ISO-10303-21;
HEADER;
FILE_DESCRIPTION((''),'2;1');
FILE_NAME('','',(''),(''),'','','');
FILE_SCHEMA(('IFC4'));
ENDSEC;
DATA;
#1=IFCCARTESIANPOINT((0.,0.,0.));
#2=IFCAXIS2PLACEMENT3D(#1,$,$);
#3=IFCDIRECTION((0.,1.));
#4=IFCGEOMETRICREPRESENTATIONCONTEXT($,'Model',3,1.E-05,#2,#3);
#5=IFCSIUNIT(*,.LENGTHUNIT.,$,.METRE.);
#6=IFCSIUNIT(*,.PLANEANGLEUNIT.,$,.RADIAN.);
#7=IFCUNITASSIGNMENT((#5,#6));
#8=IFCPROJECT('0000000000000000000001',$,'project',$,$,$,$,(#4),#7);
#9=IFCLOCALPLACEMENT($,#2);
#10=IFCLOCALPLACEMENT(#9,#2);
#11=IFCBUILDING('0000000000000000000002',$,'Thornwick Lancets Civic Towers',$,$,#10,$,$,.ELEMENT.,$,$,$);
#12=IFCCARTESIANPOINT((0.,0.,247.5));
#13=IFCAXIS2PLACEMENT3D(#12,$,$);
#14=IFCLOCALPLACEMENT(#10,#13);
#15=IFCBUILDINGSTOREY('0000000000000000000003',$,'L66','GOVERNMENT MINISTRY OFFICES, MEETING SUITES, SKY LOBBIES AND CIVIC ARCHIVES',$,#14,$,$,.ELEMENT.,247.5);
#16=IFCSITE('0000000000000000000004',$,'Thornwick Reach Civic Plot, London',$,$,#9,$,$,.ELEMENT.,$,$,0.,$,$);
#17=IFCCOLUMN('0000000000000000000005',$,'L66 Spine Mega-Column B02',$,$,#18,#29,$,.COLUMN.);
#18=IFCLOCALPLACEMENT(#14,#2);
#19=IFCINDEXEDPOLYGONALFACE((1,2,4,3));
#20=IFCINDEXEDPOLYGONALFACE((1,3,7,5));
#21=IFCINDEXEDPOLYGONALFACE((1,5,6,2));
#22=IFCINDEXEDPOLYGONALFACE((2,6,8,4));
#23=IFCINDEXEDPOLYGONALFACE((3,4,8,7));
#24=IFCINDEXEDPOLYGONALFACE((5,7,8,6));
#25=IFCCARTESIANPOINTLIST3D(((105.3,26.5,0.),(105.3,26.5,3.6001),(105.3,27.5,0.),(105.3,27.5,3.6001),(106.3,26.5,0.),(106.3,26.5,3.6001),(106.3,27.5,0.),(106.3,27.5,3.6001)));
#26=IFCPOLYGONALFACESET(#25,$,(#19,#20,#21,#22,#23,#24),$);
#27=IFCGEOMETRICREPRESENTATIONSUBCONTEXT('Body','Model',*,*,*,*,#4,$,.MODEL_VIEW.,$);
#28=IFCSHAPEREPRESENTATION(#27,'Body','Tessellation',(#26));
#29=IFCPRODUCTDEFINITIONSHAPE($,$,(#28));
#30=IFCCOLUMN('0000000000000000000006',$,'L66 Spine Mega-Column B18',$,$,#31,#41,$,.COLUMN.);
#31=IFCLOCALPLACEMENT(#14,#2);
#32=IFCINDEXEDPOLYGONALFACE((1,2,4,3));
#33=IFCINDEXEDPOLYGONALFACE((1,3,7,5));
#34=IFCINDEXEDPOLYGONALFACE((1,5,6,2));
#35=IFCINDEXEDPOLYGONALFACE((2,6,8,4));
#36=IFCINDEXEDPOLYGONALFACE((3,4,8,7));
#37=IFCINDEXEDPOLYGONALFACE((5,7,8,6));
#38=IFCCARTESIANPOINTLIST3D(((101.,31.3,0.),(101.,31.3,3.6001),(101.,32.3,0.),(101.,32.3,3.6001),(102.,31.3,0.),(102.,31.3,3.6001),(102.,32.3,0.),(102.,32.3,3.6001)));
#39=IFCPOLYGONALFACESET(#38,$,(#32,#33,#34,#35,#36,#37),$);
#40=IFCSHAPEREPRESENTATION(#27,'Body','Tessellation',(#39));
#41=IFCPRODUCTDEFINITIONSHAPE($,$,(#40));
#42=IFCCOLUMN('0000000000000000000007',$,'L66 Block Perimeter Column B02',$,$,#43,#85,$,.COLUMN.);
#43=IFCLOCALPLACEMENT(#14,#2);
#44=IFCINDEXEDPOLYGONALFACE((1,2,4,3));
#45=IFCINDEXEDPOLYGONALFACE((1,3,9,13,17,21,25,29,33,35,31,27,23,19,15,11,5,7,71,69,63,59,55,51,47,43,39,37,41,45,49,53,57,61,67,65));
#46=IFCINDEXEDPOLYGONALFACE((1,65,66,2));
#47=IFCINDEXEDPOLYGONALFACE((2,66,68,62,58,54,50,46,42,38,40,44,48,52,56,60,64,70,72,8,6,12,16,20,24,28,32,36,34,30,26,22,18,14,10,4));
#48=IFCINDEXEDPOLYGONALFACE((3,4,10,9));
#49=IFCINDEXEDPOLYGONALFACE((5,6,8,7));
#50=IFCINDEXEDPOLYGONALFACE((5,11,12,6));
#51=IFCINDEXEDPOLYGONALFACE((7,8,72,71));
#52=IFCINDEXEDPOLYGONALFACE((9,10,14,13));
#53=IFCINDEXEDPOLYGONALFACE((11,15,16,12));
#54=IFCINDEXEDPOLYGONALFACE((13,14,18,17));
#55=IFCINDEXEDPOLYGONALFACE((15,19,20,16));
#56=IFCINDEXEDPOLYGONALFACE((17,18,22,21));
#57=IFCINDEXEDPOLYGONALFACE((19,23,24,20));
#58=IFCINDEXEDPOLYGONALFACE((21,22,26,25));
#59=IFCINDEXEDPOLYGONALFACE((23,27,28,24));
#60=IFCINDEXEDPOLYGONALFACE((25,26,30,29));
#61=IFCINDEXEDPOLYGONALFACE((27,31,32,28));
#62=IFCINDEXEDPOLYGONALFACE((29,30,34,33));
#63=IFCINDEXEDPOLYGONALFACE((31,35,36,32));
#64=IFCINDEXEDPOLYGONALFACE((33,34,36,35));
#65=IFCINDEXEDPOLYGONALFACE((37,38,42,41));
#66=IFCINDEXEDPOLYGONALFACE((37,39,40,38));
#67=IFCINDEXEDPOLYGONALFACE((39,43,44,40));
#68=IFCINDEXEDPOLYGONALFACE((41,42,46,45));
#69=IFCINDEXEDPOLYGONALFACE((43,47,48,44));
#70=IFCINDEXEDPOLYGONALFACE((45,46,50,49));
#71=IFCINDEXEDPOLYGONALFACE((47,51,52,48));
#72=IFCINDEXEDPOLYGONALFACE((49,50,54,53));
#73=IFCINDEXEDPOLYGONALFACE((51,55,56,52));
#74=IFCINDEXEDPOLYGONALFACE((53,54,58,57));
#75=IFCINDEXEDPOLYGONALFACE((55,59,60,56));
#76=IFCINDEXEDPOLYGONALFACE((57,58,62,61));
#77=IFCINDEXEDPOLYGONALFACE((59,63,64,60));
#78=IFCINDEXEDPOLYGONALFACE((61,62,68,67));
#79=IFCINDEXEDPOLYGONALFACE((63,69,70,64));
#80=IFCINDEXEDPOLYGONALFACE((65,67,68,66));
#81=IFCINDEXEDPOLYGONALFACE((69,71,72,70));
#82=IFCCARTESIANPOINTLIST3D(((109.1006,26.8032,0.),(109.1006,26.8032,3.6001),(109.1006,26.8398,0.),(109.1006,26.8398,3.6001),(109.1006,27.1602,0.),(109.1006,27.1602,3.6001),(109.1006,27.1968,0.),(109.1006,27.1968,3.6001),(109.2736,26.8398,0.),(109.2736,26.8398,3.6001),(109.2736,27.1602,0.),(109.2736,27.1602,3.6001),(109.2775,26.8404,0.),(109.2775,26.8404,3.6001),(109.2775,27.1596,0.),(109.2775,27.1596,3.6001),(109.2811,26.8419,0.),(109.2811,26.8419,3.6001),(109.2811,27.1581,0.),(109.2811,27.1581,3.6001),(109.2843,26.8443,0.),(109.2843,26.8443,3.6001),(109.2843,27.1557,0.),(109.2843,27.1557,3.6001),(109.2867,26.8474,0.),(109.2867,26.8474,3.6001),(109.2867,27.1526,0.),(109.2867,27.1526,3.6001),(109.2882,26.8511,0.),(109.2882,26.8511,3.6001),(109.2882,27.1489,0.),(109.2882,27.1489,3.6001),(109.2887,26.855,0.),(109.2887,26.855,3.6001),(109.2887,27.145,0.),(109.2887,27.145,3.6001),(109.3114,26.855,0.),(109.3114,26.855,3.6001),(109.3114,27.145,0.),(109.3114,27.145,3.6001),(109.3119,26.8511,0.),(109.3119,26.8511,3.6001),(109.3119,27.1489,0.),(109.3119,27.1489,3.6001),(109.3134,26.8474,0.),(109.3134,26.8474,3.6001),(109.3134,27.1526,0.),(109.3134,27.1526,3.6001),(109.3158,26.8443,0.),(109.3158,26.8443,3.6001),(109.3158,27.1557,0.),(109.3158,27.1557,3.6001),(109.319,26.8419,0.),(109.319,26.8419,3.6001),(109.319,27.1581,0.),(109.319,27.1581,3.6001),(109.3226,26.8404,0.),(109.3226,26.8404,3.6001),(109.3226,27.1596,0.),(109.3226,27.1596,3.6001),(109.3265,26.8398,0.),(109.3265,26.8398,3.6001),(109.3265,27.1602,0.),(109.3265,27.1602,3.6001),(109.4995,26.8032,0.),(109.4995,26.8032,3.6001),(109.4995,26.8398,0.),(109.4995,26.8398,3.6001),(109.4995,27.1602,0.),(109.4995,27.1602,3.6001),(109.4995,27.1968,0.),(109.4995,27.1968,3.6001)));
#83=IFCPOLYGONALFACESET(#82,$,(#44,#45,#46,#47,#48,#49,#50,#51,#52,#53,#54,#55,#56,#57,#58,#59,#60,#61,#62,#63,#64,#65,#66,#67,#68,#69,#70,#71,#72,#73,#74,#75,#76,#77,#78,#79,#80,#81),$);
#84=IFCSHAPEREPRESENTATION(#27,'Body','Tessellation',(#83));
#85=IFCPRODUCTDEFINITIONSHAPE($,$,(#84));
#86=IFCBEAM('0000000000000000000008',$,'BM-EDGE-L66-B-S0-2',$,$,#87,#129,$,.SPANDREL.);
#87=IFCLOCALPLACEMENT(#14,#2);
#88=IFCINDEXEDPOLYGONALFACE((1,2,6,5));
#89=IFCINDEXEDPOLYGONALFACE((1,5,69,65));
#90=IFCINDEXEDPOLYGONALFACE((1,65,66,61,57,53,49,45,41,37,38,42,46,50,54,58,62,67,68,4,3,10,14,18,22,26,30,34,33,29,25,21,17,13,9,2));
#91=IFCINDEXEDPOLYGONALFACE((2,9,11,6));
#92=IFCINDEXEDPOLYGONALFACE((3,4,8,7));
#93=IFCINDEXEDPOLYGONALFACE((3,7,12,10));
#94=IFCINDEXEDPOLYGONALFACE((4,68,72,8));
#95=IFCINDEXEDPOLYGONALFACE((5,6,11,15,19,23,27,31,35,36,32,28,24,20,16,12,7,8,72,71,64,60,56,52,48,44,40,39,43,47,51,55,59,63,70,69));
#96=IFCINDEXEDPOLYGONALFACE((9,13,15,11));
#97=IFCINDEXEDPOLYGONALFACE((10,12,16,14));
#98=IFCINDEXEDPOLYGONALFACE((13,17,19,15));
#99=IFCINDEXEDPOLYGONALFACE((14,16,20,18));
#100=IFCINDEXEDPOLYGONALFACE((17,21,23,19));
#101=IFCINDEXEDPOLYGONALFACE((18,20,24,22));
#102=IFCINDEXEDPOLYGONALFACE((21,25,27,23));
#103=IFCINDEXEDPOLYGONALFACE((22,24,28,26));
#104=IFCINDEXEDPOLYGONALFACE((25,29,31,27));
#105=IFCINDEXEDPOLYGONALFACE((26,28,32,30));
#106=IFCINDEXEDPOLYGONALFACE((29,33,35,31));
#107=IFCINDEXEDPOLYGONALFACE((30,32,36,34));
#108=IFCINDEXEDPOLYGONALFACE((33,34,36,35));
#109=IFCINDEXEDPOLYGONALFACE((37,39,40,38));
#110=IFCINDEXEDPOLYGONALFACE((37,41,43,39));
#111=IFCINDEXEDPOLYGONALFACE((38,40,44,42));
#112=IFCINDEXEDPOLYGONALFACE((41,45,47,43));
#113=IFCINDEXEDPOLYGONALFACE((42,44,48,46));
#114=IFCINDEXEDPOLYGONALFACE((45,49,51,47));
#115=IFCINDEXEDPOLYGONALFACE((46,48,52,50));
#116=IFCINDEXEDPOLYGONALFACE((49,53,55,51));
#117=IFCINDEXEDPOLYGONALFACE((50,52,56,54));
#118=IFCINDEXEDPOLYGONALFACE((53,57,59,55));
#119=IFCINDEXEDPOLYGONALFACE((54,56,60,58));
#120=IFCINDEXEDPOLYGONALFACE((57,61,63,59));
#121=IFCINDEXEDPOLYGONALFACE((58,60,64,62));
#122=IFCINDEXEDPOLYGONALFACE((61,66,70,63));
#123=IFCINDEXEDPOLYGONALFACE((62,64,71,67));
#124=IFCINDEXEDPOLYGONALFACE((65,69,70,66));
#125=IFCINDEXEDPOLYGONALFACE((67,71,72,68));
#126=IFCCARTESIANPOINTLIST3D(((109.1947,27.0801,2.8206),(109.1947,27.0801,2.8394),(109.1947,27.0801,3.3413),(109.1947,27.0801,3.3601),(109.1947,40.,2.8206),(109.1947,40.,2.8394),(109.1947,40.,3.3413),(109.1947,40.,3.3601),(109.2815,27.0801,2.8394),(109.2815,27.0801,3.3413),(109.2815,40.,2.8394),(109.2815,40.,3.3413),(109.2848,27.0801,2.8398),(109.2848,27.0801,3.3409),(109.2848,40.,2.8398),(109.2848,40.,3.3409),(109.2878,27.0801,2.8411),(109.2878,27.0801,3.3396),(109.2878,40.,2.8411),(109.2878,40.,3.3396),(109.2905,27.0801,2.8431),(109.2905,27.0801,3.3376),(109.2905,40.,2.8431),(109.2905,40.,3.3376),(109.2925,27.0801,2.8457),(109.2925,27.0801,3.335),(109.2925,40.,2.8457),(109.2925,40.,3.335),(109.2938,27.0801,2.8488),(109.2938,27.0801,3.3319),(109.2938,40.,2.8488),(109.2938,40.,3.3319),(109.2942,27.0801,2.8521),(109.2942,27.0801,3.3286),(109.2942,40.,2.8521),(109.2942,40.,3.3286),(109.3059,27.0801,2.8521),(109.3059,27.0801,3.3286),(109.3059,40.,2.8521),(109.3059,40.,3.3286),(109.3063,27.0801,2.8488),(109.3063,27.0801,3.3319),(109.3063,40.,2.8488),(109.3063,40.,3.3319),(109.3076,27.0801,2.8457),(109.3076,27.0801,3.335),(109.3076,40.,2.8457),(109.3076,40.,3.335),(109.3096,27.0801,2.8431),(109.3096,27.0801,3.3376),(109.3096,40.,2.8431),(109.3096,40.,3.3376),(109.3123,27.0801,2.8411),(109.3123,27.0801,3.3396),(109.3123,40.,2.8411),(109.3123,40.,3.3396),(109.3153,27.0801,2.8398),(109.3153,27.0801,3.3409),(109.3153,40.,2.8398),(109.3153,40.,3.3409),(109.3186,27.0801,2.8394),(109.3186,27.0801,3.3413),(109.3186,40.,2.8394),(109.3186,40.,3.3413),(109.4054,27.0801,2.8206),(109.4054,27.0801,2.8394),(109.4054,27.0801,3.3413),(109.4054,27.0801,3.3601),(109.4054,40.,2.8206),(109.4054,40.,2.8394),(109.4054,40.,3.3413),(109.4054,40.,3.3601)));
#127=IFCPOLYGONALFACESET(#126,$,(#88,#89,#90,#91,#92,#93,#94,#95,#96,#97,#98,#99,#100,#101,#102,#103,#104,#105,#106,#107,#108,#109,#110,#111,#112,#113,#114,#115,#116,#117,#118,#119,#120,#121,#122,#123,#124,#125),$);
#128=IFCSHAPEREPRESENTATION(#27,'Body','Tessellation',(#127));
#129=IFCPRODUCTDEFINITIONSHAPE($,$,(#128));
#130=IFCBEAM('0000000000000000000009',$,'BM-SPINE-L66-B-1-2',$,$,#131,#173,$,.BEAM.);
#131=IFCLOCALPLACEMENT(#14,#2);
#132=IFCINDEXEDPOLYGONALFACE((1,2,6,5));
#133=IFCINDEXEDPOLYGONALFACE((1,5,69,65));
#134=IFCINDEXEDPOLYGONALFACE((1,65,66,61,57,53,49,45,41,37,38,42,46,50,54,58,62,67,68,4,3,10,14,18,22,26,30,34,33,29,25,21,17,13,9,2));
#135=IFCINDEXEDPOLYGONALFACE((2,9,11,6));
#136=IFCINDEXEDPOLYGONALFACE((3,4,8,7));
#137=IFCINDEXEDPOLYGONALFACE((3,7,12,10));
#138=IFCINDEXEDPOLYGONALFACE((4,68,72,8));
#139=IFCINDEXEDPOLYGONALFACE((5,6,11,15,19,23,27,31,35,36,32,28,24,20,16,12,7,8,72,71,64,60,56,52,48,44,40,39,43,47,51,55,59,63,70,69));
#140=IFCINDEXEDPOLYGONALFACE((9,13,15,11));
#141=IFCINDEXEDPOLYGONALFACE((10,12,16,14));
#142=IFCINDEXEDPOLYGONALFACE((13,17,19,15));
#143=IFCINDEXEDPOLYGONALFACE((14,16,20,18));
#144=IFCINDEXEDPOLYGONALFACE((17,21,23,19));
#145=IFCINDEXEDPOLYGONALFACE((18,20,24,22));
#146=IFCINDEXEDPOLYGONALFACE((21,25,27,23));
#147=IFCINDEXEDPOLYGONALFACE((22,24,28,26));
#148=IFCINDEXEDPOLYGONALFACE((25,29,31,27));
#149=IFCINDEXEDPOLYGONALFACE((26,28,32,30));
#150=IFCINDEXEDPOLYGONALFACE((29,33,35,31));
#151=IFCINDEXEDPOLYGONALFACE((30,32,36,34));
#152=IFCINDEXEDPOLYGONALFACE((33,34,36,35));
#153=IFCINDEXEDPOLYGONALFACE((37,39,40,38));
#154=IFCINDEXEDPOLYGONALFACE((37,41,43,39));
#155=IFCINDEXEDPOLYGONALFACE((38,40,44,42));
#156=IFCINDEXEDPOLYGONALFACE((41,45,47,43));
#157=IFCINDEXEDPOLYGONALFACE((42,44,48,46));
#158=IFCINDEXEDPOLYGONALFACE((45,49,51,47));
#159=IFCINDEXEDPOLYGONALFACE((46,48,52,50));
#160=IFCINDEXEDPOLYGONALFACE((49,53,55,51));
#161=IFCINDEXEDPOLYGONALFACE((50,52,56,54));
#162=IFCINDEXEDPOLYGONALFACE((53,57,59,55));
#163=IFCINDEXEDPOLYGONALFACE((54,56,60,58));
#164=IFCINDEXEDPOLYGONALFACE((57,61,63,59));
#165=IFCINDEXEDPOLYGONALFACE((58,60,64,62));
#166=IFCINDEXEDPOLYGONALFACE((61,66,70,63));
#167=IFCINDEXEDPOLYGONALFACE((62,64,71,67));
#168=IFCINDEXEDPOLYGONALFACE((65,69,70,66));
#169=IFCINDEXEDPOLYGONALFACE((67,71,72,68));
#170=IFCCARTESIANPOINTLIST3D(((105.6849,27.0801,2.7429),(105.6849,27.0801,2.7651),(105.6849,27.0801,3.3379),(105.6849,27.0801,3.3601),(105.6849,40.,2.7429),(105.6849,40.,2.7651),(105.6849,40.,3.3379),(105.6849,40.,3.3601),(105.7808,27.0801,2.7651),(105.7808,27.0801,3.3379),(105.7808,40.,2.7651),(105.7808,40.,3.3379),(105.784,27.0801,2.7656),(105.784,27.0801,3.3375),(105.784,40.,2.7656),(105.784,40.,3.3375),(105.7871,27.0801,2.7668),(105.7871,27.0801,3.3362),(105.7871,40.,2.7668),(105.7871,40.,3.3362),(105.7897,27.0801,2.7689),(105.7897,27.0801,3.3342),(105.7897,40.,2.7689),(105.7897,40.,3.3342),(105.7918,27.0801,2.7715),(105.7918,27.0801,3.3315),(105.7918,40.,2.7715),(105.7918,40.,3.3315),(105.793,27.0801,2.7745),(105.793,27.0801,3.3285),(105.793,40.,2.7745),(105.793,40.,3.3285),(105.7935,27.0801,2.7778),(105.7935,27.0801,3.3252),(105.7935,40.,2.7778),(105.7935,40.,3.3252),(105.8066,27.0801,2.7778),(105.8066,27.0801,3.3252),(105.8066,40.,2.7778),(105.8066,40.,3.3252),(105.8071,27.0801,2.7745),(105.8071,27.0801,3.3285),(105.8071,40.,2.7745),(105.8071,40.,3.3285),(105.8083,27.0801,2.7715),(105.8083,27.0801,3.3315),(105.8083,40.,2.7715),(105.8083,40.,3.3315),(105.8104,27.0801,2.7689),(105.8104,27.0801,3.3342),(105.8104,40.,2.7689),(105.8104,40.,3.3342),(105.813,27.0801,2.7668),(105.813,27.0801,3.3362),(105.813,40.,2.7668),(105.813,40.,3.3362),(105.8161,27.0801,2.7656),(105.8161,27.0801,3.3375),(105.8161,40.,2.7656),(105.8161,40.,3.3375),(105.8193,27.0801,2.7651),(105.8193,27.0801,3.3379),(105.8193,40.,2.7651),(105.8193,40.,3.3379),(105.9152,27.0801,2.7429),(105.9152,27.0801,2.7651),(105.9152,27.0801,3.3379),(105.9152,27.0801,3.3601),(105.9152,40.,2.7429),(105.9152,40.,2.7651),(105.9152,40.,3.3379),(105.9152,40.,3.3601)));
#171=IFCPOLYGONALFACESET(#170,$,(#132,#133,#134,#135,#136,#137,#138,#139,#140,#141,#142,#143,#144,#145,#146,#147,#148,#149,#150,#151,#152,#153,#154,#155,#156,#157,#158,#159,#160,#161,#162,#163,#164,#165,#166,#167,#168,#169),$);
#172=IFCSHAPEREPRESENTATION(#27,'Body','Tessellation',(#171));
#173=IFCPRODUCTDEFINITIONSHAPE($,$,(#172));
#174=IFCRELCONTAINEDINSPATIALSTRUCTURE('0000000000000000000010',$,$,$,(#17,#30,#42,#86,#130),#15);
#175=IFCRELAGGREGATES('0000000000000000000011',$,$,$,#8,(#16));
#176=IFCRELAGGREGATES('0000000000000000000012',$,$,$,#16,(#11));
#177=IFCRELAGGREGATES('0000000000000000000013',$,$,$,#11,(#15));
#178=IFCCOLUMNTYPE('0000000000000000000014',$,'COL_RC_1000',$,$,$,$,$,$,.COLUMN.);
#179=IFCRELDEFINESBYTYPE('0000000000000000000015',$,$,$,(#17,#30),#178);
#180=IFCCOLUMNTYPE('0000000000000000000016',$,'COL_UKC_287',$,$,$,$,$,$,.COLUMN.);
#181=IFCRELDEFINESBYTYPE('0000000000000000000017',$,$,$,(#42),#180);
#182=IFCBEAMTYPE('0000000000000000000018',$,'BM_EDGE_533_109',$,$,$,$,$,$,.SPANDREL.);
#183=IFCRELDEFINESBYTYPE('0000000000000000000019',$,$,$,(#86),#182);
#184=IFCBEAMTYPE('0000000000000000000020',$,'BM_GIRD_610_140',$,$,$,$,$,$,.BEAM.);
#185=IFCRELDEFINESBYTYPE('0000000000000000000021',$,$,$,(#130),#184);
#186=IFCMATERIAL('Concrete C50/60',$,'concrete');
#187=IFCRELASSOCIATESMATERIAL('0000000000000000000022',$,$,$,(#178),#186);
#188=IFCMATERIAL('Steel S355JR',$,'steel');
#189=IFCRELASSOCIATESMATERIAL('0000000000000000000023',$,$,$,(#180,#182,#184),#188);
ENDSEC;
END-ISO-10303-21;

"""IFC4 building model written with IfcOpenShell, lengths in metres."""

from ifc_helpers import new_model, si_unit, direction, frame, origin, origin_2d, place, context, subcontext, project, spatial, rectangle, i_section, extrude, material, material_profile, profile_set, type_object, element, save


model = new_model("IFC4")

# Units and contexts
model_context = context("Model", 3, precision=1e-05, world=origin(), true_north=direction((0.0, 1.0)))
body_context = subcontext(model_context, "Body", "Model", "MODEL_VIEW")
ifc_project = project(units=[si_unit("LENGTHUNIT", "METRE"), si_unit("PLANEANGLEUNIT", "RADIAN")], contexts=[model_context])

# Site, building, storey
site_placement = place(None, origin())
site = spatial("IfcSite", under=ifc_project, at=site_placement, Name="Thornwick Reach Civic Plot, London", CompositionType="ELEMENT", RefElevation=0.0)
building_placement = place(site_placement, origin())
building = spatial("IfcBuilding", under=site, at=building_placement, Name="Thornwick Lancets Civic Towers", CompositionType="ELEMENT")
storey_placement = place(building_placement, frame((0.0, 0.0, 247.5)))
storey = spatial("IfcBuildingStorey", under=building, at=storey_placement, Name="L66", Description="GOVERNMENT MINISTRY OFFICES, MEETING SUITES, SKY LOBBIES AND CIVIC ARCHIVES", CompositionType="ELEMENT", Elevation=247.5)

# Columns
ifc_material_1 = material(Name="Concrete C50/60", Category="concrete")
ifc_material_profile_1 = material_profile(ifc_material_1, rectangle(XDim=1.0, YDim=1.0, at=origin_2d()), Name="RC 1000x1000")
ifc_profile_set_1 = profile_set([ifc_material_profile_1], Name="Concrete C50/60")
column_type_1 = type_object("IfcColumnType", Name="COL_RC_1000", PredefinedType="COLUMN", material=ifc_profile_set_1)
for number, where, z_axis, x_axis, name in (
    (1, (105.8, 27.0, 0.0), (0.0, 0.0, 1.0), (1.0, 0.0, 0.0), "L66 Spine Mega-Column B02"),
    (2, (101.5, 31.8, 0.0), (0.0, 0.0, 1.0), (1.0, 0.0, 0.0), "L66 Spine Mega-Column B18"),
):
    element("IfcColumn", number, at=place(storey_placement, frame(where, z_axis=z_axis, x_axis=x_axis)), inside=storey, type_object=column_type_1, Name=name, PredefinedType="COLUMN", context=body_context, shape_type="SweptSolid", body=[
        extrude(rectangle(XDim=1.0, YDim=1.0, at=origin_2d()), origin(), (0.0, 0.0, 1.0), 3.6001),
    ])
ifc_material_2 = material(Name="Steel S355JR", Category="steel")
ifc_material_profile_2 = material_profile(ifc_material_2, i_section(OverallWidth=0.3989, OverallDepth=0.3936, WebThickness=0.0227, FlangeThickness=0.0366, FilletRadius=0.0151, at=origin_2d()), Name="UKC 356x406x287")
ifc_profile_set_2 = profile_set([ifc_material_profile_2], Name="Steel S355JR")
column_type_2 = type_object("IfcColumnType", Name="COL_UKC_287", PredefinedType="COLUMN", material=ifc_profile_set_2)
column_placement = place(storey_placement, frame((109.3, 27.0, 0.0), z_axis=(0.0, 0.0, 1.0), x_axis=(1.0, 0.0, 0.0)))
element("IfcColumn", 3, at=column_placement, inside=storey, type_object=column_type_2, Name="L66 Block Perimeter Column B02", PredefinedType="COLUMN", context=body_context, shape_type="SweptSolid", body=[
    extrude(i_section(OverallWidth=0.3989, OverallDepth=0.3936, WebThickness=0.0227, FlangeThickness=0.0366, FilletRadius=0.0151, at=origin_2d()), origin(), (0.0, 0.0, 1.0), 3.6001),
])

# Beams
ifc_material_profile_3 = material_profile(ifc_material_2, i_section(OverallWidth=0.2107, OverallDepth=0.5396, WebThickness=0.0117, FlangeThickness=0.0188, FilletRadius=0.0127, at=origin_2d()), Name="UKB 533x210x109")
ifc_profile_set_3 = profile_set([ifc_material_profile_3], Name="Steel S355JR")
beam_type_1 = type_object("IfcBeamType", Name="BM_EDGE_533_109", PredefinedType="SPANDREL", material=ifc_profile_set_3)
beam_1_placement = place(storey_placement, frame((109.3, 27.0801, 3.0903), z_axis=(0.0, 1.0, 0.0), x_axis=(-1.0, 0.0, 0.0)))
element("IfcBeam", 4, at=beam_1_placement, inside=storey, type_object=beam_type_1, Name="BM-EDGE-L66-B-S0-2", PredefinedType="SPANDREL", context=body_context, shape_type="SweptSolid", body=[
    extrude(i_section(OverallWidth=0.2107, OverallDepth=0.5396, WebThickness=0.0117, FlangeThickness=0.0188, FilletRadius=0.0127, at=origin_2d()), origin(), (0.0, 0.0, 1.0), 12.9199),
])
ifc_material_profile_4 = material_profile(ifc_material_2, i_section(OverallWidth=0.2302, OverallDepth=0.6172, WebThickness=0.0132, FlangeThickness=0.0222, FilletRadius=0.0127, at=origin_2d()), Name="UKB 610x229x140")
ifc_profile_set_4 = profile_set([ifc_material_profile_4], Name="Steel S355JR")
beam_type_2 = type_object("IfcBeamType", Name="BM_GIRD_610_140", PredefinedType="BEAM", material=ifc_profile_set_4)
beam_2_placement = place(storey_placement, frame((105.8, 27.0801, 3.0515), z_axis=(0.0, 1.0, 0.0), x_axis=(-1.0, 0.0, 0.0)))
element("IfcBeam", 5, at=beam_2_placement, inside=storey, type_object=beam_type_2, Name="BM-SPINE-L66-B-1-2", PredefinedType="BEAM", context=body_context, shape_type="SweptSolid", body=[
    extrude(i_section(OverallWidth=0.2302, OverallDepth=0.6172, WebThickness=0.0132, FlangeThickness=0.0222, FilletRadius=0.0127, at=origin_2d()), origin(), (0.0, 0.0, 1.0), 12.9199),
])

save(model, "model.ifc")
